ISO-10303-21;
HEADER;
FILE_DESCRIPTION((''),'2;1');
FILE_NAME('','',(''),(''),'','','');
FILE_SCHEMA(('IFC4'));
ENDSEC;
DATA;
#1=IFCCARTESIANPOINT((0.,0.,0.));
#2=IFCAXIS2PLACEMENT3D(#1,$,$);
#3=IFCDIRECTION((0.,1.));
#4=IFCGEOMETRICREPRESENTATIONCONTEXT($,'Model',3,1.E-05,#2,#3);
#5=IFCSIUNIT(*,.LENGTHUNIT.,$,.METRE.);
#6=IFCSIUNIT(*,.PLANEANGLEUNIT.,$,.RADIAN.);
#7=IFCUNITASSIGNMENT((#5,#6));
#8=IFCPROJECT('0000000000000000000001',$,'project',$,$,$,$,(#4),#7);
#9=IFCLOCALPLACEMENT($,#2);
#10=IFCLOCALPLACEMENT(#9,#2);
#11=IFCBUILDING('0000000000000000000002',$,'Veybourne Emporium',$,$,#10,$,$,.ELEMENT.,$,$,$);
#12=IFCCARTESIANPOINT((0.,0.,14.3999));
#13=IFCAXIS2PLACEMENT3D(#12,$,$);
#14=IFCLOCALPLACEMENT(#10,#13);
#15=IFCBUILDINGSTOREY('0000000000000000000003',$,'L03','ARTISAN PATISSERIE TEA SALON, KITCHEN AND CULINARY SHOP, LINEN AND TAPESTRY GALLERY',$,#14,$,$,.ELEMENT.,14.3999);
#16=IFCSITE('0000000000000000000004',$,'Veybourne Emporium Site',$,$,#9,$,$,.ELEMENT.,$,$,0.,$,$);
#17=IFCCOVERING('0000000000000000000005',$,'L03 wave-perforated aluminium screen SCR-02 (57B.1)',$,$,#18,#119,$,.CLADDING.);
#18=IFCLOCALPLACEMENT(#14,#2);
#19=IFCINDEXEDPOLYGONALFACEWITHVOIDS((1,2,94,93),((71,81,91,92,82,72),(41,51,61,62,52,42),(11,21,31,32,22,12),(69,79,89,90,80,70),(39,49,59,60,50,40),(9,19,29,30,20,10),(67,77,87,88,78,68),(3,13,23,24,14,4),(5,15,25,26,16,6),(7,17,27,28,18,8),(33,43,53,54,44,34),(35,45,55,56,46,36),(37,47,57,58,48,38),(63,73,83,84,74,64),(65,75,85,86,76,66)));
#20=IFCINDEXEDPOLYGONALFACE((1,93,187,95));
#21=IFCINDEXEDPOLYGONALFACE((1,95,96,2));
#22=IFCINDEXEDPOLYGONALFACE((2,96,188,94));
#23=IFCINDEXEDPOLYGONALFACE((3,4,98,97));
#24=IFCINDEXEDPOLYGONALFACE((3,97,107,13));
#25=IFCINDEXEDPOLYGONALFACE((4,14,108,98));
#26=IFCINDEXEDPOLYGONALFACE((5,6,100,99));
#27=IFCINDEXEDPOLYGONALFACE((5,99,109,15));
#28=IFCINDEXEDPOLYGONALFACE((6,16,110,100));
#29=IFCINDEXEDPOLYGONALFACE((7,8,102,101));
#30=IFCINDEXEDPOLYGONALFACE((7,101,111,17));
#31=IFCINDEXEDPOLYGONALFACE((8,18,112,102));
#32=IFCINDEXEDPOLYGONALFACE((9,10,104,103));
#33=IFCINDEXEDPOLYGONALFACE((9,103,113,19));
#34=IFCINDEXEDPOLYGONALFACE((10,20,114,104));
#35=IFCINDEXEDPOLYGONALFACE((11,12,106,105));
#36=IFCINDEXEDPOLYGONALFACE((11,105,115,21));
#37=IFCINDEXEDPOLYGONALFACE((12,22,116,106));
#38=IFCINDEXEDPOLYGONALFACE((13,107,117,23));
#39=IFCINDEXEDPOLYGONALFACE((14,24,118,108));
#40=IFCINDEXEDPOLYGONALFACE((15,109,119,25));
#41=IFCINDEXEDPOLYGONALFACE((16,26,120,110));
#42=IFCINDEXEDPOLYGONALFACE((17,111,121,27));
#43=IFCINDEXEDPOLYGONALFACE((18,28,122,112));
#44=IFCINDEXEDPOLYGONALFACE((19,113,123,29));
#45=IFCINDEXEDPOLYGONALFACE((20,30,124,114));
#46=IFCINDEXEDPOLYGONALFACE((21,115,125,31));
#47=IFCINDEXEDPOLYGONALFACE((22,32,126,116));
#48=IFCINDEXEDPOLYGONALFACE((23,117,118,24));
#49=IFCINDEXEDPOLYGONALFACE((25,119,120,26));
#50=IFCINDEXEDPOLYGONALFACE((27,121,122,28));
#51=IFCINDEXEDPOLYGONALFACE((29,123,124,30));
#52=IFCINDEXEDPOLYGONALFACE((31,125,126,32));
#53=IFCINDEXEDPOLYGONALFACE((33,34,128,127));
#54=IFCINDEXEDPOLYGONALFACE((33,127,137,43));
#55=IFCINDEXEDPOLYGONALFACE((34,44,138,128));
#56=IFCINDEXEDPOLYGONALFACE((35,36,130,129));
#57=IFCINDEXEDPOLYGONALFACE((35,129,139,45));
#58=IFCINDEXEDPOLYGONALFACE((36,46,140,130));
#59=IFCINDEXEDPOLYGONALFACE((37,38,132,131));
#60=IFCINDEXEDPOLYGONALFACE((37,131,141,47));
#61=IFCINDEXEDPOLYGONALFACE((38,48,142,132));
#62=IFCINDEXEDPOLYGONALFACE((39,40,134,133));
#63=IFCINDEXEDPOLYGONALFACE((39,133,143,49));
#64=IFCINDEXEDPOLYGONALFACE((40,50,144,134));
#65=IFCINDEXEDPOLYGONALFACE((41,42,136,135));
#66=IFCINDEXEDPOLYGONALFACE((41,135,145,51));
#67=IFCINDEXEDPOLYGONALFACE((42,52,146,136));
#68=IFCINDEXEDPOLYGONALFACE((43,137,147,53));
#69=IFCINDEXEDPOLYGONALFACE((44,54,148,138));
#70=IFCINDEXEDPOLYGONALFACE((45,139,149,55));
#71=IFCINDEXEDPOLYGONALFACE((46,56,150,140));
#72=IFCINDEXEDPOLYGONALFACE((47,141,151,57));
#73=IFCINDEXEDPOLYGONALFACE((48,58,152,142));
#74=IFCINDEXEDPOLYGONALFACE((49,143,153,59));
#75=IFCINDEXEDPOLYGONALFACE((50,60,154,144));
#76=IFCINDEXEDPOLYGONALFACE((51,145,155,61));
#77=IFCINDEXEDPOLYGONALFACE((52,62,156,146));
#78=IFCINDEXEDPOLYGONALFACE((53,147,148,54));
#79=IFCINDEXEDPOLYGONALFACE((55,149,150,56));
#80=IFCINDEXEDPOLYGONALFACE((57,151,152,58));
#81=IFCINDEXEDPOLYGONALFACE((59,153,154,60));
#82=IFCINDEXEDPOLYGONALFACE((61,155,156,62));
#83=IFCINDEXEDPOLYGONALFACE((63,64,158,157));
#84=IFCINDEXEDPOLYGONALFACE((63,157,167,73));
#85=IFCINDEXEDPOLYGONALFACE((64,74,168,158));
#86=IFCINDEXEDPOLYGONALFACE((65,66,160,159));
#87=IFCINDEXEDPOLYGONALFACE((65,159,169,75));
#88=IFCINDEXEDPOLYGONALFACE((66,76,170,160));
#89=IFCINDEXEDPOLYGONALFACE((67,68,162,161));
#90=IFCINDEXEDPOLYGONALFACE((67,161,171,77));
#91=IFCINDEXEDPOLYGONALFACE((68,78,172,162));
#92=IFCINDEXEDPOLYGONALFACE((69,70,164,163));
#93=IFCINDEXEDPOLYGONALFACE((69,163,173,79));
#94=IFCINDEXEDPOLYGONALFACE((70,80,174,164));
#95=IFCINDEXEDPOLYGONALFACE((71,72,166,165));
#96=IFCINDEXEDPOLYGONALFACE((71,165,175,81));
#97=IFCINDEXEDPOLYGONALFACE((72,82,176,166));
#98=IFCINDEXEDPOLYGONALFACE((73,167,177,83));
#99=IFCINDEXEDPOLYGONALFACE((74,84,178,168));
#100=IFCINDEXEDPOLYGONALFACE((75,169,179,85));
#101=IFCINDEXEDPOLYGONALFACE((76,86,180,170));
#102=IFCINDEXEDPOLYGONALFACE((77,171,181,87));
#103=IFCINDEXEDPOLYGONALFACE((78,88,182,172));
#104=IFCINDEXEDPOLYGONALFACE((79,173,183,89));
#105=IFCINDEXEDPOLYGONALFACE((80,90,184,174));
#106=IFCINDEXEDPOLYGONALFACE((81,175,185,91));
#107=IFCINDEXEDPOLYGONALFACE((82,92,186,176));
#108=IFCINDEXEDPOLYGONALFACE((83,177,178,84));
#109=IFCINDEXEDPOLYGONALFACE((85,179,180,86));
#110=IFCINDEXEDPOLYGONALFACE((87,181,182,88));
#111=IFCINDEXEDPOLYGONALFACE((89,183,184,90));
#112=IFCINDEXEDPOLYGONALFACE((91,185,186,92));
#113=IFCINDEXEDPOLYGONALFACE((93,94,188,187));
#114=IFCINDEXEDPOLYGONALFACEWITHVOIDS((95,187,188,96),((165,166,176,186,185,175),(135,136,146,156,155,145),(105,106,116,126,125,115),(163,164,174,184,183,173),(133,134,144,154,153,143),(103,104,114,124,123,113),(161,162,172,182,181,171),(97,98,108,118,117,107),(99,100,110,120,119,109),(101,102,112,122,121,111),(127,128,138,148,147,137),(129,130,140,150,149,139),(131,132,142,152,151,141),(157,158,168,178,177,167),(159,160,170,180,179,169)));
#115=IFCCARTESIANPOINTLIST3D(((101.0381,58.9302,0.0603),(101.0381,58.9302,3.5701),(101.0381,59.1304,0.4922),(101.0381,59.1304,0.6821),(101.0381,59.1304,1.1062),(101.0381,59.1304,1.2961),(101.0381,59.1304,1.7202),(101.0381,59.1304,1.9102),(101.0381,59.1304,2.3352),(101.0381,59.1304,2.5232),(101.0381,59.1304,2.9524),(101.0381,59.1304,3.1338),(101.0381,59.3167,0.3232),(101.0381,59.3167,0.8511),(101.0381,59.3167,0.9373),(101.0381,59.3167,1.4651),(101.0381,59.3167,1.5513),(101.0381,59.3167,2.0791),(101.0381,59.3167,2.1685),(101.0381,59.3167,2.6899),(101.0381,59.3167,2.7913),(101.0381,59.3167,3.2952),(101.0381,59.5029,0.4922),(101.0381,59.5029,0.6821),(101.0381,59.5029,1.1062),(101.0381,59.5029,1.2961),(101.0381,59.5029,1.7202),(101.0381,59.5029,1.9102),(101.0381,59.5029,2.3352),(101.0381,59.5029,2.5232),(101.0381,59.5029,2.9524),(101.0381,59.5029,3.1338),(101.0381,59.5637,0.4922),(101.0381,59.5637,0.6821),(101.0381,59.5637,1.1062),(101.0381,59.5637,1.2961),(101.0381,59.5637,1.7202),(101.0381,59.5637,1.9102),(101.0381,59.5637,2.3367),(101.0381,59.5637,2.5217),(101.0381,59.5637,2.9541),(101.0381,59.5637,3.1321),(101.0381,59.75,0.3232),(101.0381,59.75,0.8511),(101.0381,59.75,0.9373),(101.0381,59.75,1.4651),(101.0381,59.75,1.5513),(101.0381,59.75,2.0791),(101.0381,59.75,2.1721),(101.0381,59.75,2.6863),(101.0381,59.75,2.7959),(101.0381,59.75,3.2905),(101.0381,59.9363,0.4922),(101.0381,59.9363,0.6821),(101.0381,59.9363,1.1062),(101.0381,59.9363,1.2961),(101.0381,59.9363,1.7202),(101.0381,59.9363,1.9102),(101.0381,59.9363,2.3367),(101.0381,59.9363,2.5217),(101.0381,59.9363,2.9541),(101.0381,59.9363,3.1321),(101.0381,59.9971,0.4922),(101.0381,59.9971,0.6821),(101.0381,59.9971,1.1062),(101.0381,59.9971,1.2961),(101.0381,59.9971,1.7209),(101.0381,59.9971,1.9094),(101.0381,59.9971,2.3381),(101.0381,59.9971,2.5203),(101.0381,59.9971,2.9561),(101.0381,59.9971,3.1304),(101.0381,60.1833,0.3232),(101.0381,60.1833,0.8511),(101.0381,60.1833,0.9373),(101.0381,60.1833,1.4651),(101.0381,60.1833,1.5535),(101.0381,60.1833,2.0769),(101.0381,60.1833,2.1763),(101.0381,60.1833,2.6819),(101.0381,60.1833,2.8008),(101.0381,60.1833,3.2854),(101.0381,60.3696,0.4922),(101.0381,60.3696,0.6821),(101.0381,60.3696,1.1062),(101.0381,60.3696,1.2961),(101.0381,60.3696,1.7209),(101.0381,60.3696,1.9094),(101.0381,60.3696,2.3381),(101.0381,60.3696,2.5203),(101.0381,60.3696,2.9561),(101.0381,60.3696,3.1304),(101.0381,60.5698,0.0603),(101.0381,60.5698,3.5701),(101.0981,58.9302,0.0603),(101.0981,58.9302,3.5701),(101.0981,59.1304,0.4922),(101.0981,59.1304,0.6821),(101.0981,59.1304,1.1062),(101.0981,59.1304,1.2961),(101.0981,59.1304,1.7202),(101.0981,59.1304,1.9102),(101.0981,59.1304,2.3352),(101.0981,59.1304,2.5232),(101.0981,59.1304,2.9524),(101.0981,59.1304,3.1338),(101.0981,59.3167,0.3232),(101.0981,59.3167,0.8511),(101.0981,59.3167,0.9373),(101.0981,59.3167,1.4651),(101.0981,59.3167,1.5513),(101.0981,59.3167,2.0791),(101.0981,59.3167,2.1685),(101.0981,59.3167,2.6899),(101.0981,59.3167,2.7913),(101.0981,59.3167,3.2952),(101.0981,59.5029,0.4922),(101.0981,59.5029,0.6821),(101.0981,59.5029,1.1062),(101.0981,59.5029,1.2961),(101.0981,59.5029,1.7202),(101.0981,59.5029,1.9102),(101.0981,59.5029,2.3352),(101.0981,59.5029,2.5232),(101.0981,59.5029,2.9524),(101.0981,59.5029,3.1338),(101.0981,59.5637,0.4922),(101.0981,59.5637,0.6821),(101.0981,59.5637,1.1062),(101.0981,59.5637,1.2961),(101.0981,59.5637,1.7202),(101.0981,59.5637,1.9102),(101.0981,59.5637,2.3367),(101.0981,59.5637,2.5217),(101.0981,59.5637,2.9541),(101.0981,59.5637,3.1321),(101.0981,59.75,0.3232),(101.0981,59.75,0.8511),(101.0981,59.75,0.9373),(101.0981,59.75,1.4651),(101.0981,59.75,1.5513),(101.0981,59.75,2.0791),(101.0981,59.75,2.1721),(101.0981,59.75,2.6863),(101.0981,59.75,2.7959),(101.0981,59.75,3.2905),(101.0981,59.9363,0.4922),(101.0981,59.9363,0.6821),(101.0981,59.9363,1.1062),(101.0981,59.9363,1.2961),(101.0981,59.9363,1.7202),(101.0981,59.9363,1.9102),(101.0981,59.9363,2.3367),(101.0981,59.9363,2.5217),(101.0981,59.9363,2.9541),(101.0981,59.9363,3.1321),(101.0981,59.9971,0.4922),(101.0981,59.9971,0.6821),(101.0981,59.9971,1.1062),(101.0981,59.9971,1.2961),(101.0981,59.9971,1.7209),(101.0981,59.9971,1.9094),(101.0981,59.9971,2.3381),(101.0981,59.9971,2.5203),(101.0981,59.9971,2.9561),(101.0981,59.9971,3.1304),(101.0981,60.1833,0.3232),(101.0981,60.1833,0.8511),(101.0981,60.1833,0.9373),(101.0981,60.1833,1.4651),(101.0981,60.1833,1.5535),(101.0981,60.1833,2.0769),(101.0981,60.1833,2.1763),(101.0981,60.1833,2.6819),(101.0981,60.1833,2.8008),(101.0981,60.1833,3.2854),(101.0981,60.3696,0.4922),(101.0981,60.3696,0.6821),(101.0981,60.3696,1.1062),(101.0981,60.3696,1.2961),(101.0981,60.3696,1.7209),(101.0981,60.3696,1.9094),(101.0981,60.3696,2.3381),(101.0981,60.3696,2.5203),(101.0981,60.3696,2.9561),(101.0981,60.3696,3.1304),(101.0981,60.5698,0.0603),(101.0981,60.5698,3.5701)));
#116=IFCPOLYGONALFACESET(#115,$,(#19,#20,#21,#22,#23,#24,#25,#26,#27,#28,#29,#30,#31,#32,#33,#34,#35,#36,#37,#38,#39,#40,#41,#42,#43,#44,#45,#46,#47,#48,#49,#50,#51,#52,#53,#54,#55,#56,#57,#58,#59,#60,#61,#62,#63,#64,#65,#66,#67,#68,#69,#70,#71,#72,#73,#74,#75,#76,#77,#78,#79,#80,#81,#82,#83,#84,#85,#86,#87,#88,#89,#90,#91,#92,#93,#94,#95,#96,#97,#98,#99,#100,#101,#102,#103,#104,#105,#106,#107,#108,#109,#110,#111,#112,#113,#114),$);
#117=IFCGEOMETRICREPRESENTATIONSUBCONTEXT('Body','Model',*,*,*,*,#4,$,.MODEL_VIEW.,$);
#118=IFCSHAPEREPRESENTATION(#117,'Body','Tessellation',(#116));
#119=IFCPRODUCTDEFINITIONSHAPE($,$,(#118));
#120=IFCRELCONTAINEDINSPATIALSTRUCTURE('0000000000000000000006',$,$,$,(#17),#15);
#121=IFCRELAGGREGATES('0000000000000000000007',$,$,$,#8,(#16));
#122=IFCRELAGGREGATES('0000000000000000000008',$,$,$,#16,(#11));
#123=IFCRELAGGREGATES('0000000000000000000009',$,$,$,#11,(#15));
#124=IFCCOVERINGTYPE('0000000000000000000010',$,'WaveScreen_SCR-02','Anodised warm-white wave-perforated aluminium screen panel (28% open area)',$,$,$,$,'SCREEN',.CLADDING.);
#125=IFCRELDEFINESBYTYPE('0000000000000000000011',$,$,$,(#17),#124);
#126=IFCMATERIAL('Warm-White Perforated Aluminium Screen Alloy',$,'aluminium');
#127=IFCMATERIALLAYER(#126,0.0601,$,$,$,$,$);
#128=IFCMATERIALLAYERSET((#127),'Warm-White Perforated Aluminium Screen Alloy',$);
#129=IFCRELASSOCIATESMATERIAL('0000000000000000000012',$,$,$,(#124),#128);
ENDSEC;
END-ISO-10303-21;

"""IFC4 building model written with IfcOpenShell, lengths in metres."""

from ifc_helpers import new_model, si_unit, direction, frame, origin, place, context, subcontext, project, spatial, polyline, outline, extrude, material, layer, layer_set, type_object, element, save


model = new_model("IFC4")

# Units and contexts
model_context = context("Model", 3, precision=1e-05, world=origin(), true_north=direction((0.0, 1.0)))
body_context = subcontext(model_context, "Body", "Model", "MODEL_VIEW")
ifc_project = project(units=[si_unit("LENGTHUNIT", "METRE"), si_unit("PLANEANGLEUNIT", "RADIAN")], contexts=[model_context])

# Site, building, storey
site_placement = place(None, origin())
site = spatial("IfcSite", under=ifc_project, at=site_placement, Name="Veybourne Emporium Site", CompositionType="ELEMENT", RefElevation=0.0)
building_placement = place(site_placement, origin())
building = spatial("IfcBuilding", under=site, at=building_placement, Name="Veybourne Emporium", CompositionType="ELEMENT")
storey_placement = place(building_placement, frame((0.0, 0.0, 14.3999)))
storey = spatial("IfcBuildingStorey", under=building, at=storey_placement, Name="L03", Description="ARTISAN PATISSERIE TEA SALON, KITCHEN AND CULINARY SHOP, LINEN AND TAPESTRY GALLERY", CompositionType="ELEMENT", Elevation=14.3999)

# Covering
ifc_material_1 = material(Name="Warm-White Perforated Aluminium Screen Alloy", Category="aluminium")
ifc_layer_1 = layer(ifc_material_1, 0.0601)
ifc_layer_set_1 = layer_set([ifc_layer_1], Name="Warm-White Perforated Aluminium Screen Alloy")
covering_type_1 = type_object("IfcCoveringType", Name="WaveScreen_SCR-02", Description="Anodised warm-white wave-perforated aluminium screen panel (28% open area)", ElementType="SCREEN", PredefinedType="CLADDING", material=ifc_layer_set_1)
covering_1_placement = place(storey_placement, frame((101.0981, 59.75, 1.8152), z_axis=(-1.0, 0.0, 0.0), x_axis=(0.0, -1.0, 0.0)))
element("IfcCovering", 1, at=covering_1_placement, inside=storey, type_object=covering_type_1, Name="L03 wave-perforated aluminium screen SCR-02 (57B.1)", PredefinedType="CLADDING", context=body_context, shape_type="SweptSolid", body=[
    extrude(outline(polyline([(-0.8198, -1.7549), (0.8198, -1.7549), (0.8198, 1.7549), (-0.8198, 1.7549), (-0.8198, -1.7549)]), holes=[polyline([(-0.4333, -0.9641), (-0.2471, -1.1331), (-0.2471, -1.323), (-0.4333, -1.4919), (-0.6196, -1.323), (-0.6196, -1.1331), (-0.4333, -0.9641)]), polyline([(-0.4333, -0.3501), (-0.2471, -0.519), (-0.2471, -0.709), (-0.4333, -0.8779), (-0.6196, -0.709), (-0.6196, -0.519), (-0.4333, -0.3501)]), polyline([(-0.4333, 0.2617), (-0.2471, 0.0942), (-0.2471, -0.0942), (-0.4333, -0.2617), (-0.6196, -0.0942), (-0.6196, 0.0942), (-0.4333, 0.2617)]), polyline([(-0.4333, 0.8667), (-0.2471, 0.7051), (-0.2471, 0.5229), (-0.4333, 0.3611), (-0.6196, 0.5229), (-0.6196, 0.7051), (-0.4333, 0.8667)]), polyline([(-0.4333, 1.4702), (-0.2471, 1.3152), (-0.2471, 1.1409), (-0.4333, 0.9856), (-0.6196, 1.1409), (-0.6196, 1.3152), (-0.4333, 1.4702)]), polyline([(0.0, -0.9641), (0.1863, -1.1331), (0.1863, -1.323), (0.0, -1.4919), (-0.1863, -1.323), (-0.1863, -1.1331), (0.0, -0.9641)]), polyline([(0.0, -0.3501), (0.1863, -0.519), (0.1863, -0.709), (0.0, -0.8779), (-0.1863, -0.709), (-0.1863, -0.519), (0.0, -0.3501)]), polyline([(0.0, 0.2639), (0.1863, 0.095), (0.1863, -0.095), (0.0, -0.2639), (-0.1863, -0.095), (-0.1863, 0.095), (0.0, 0.2639)]), polyline([(0.0, 0.8711), (0.1863, 0.7065), (0.1863, 0.5215), (0.0, 0.3569), (-0.1863, 0.5215), (-0.1863, 0.7065), (0.0, 0.8711)]), polyline([(0.0, 1.4753), (0.1863, 1.3169), (0.1863, 1.1389), (0.0, 0.9807), (-0.1863, 1.1389), (-0.1863, 1.3169), (0.0, 1.4753)]), polyline([(0.4333, -0.9641), (0.6196, -1.1331), (0.6196, -1.323), (0.4333, -1.4919), (0.2471, -1.323), (0.2471, -1.1331), (0.4333, -0.9641)]), polyline([(0.4333, -0.3501), (0.6196, -0.519), (0.6196, -0.709), (0.4333, -0.8779), (0.2471, -0.709), (0.2471, -0.519), (0.4333, -0.3501)]), polyline([(0.4333, 0.2639), (0.6196, 0.095), (0.6196, -0.095), (0.4333, -0.2639), (0.2471, -0.095), (0.2471, 0.095), (0.4333, 0.2639)]), polyline([(0.4333, 0.8748), (0.6196, 0.708), (0.6196, 0.52), (0.4333, 0.3533), (0.2471, 0.52), (0.2471, 0.708), (0.4333, 0.8748)]), polyline([(0.4333, 1.48), (0.6196, 1.3186), (0.6196, 1.1372), (0.4333, 0.9761), (0.2471, 1.1372), (0.2471, 1.3186), (0.4333, 1.48)])]), origin(), (0.0, 0.0, 1.0), 0.0601),
])

save(model, "model.ifc")
